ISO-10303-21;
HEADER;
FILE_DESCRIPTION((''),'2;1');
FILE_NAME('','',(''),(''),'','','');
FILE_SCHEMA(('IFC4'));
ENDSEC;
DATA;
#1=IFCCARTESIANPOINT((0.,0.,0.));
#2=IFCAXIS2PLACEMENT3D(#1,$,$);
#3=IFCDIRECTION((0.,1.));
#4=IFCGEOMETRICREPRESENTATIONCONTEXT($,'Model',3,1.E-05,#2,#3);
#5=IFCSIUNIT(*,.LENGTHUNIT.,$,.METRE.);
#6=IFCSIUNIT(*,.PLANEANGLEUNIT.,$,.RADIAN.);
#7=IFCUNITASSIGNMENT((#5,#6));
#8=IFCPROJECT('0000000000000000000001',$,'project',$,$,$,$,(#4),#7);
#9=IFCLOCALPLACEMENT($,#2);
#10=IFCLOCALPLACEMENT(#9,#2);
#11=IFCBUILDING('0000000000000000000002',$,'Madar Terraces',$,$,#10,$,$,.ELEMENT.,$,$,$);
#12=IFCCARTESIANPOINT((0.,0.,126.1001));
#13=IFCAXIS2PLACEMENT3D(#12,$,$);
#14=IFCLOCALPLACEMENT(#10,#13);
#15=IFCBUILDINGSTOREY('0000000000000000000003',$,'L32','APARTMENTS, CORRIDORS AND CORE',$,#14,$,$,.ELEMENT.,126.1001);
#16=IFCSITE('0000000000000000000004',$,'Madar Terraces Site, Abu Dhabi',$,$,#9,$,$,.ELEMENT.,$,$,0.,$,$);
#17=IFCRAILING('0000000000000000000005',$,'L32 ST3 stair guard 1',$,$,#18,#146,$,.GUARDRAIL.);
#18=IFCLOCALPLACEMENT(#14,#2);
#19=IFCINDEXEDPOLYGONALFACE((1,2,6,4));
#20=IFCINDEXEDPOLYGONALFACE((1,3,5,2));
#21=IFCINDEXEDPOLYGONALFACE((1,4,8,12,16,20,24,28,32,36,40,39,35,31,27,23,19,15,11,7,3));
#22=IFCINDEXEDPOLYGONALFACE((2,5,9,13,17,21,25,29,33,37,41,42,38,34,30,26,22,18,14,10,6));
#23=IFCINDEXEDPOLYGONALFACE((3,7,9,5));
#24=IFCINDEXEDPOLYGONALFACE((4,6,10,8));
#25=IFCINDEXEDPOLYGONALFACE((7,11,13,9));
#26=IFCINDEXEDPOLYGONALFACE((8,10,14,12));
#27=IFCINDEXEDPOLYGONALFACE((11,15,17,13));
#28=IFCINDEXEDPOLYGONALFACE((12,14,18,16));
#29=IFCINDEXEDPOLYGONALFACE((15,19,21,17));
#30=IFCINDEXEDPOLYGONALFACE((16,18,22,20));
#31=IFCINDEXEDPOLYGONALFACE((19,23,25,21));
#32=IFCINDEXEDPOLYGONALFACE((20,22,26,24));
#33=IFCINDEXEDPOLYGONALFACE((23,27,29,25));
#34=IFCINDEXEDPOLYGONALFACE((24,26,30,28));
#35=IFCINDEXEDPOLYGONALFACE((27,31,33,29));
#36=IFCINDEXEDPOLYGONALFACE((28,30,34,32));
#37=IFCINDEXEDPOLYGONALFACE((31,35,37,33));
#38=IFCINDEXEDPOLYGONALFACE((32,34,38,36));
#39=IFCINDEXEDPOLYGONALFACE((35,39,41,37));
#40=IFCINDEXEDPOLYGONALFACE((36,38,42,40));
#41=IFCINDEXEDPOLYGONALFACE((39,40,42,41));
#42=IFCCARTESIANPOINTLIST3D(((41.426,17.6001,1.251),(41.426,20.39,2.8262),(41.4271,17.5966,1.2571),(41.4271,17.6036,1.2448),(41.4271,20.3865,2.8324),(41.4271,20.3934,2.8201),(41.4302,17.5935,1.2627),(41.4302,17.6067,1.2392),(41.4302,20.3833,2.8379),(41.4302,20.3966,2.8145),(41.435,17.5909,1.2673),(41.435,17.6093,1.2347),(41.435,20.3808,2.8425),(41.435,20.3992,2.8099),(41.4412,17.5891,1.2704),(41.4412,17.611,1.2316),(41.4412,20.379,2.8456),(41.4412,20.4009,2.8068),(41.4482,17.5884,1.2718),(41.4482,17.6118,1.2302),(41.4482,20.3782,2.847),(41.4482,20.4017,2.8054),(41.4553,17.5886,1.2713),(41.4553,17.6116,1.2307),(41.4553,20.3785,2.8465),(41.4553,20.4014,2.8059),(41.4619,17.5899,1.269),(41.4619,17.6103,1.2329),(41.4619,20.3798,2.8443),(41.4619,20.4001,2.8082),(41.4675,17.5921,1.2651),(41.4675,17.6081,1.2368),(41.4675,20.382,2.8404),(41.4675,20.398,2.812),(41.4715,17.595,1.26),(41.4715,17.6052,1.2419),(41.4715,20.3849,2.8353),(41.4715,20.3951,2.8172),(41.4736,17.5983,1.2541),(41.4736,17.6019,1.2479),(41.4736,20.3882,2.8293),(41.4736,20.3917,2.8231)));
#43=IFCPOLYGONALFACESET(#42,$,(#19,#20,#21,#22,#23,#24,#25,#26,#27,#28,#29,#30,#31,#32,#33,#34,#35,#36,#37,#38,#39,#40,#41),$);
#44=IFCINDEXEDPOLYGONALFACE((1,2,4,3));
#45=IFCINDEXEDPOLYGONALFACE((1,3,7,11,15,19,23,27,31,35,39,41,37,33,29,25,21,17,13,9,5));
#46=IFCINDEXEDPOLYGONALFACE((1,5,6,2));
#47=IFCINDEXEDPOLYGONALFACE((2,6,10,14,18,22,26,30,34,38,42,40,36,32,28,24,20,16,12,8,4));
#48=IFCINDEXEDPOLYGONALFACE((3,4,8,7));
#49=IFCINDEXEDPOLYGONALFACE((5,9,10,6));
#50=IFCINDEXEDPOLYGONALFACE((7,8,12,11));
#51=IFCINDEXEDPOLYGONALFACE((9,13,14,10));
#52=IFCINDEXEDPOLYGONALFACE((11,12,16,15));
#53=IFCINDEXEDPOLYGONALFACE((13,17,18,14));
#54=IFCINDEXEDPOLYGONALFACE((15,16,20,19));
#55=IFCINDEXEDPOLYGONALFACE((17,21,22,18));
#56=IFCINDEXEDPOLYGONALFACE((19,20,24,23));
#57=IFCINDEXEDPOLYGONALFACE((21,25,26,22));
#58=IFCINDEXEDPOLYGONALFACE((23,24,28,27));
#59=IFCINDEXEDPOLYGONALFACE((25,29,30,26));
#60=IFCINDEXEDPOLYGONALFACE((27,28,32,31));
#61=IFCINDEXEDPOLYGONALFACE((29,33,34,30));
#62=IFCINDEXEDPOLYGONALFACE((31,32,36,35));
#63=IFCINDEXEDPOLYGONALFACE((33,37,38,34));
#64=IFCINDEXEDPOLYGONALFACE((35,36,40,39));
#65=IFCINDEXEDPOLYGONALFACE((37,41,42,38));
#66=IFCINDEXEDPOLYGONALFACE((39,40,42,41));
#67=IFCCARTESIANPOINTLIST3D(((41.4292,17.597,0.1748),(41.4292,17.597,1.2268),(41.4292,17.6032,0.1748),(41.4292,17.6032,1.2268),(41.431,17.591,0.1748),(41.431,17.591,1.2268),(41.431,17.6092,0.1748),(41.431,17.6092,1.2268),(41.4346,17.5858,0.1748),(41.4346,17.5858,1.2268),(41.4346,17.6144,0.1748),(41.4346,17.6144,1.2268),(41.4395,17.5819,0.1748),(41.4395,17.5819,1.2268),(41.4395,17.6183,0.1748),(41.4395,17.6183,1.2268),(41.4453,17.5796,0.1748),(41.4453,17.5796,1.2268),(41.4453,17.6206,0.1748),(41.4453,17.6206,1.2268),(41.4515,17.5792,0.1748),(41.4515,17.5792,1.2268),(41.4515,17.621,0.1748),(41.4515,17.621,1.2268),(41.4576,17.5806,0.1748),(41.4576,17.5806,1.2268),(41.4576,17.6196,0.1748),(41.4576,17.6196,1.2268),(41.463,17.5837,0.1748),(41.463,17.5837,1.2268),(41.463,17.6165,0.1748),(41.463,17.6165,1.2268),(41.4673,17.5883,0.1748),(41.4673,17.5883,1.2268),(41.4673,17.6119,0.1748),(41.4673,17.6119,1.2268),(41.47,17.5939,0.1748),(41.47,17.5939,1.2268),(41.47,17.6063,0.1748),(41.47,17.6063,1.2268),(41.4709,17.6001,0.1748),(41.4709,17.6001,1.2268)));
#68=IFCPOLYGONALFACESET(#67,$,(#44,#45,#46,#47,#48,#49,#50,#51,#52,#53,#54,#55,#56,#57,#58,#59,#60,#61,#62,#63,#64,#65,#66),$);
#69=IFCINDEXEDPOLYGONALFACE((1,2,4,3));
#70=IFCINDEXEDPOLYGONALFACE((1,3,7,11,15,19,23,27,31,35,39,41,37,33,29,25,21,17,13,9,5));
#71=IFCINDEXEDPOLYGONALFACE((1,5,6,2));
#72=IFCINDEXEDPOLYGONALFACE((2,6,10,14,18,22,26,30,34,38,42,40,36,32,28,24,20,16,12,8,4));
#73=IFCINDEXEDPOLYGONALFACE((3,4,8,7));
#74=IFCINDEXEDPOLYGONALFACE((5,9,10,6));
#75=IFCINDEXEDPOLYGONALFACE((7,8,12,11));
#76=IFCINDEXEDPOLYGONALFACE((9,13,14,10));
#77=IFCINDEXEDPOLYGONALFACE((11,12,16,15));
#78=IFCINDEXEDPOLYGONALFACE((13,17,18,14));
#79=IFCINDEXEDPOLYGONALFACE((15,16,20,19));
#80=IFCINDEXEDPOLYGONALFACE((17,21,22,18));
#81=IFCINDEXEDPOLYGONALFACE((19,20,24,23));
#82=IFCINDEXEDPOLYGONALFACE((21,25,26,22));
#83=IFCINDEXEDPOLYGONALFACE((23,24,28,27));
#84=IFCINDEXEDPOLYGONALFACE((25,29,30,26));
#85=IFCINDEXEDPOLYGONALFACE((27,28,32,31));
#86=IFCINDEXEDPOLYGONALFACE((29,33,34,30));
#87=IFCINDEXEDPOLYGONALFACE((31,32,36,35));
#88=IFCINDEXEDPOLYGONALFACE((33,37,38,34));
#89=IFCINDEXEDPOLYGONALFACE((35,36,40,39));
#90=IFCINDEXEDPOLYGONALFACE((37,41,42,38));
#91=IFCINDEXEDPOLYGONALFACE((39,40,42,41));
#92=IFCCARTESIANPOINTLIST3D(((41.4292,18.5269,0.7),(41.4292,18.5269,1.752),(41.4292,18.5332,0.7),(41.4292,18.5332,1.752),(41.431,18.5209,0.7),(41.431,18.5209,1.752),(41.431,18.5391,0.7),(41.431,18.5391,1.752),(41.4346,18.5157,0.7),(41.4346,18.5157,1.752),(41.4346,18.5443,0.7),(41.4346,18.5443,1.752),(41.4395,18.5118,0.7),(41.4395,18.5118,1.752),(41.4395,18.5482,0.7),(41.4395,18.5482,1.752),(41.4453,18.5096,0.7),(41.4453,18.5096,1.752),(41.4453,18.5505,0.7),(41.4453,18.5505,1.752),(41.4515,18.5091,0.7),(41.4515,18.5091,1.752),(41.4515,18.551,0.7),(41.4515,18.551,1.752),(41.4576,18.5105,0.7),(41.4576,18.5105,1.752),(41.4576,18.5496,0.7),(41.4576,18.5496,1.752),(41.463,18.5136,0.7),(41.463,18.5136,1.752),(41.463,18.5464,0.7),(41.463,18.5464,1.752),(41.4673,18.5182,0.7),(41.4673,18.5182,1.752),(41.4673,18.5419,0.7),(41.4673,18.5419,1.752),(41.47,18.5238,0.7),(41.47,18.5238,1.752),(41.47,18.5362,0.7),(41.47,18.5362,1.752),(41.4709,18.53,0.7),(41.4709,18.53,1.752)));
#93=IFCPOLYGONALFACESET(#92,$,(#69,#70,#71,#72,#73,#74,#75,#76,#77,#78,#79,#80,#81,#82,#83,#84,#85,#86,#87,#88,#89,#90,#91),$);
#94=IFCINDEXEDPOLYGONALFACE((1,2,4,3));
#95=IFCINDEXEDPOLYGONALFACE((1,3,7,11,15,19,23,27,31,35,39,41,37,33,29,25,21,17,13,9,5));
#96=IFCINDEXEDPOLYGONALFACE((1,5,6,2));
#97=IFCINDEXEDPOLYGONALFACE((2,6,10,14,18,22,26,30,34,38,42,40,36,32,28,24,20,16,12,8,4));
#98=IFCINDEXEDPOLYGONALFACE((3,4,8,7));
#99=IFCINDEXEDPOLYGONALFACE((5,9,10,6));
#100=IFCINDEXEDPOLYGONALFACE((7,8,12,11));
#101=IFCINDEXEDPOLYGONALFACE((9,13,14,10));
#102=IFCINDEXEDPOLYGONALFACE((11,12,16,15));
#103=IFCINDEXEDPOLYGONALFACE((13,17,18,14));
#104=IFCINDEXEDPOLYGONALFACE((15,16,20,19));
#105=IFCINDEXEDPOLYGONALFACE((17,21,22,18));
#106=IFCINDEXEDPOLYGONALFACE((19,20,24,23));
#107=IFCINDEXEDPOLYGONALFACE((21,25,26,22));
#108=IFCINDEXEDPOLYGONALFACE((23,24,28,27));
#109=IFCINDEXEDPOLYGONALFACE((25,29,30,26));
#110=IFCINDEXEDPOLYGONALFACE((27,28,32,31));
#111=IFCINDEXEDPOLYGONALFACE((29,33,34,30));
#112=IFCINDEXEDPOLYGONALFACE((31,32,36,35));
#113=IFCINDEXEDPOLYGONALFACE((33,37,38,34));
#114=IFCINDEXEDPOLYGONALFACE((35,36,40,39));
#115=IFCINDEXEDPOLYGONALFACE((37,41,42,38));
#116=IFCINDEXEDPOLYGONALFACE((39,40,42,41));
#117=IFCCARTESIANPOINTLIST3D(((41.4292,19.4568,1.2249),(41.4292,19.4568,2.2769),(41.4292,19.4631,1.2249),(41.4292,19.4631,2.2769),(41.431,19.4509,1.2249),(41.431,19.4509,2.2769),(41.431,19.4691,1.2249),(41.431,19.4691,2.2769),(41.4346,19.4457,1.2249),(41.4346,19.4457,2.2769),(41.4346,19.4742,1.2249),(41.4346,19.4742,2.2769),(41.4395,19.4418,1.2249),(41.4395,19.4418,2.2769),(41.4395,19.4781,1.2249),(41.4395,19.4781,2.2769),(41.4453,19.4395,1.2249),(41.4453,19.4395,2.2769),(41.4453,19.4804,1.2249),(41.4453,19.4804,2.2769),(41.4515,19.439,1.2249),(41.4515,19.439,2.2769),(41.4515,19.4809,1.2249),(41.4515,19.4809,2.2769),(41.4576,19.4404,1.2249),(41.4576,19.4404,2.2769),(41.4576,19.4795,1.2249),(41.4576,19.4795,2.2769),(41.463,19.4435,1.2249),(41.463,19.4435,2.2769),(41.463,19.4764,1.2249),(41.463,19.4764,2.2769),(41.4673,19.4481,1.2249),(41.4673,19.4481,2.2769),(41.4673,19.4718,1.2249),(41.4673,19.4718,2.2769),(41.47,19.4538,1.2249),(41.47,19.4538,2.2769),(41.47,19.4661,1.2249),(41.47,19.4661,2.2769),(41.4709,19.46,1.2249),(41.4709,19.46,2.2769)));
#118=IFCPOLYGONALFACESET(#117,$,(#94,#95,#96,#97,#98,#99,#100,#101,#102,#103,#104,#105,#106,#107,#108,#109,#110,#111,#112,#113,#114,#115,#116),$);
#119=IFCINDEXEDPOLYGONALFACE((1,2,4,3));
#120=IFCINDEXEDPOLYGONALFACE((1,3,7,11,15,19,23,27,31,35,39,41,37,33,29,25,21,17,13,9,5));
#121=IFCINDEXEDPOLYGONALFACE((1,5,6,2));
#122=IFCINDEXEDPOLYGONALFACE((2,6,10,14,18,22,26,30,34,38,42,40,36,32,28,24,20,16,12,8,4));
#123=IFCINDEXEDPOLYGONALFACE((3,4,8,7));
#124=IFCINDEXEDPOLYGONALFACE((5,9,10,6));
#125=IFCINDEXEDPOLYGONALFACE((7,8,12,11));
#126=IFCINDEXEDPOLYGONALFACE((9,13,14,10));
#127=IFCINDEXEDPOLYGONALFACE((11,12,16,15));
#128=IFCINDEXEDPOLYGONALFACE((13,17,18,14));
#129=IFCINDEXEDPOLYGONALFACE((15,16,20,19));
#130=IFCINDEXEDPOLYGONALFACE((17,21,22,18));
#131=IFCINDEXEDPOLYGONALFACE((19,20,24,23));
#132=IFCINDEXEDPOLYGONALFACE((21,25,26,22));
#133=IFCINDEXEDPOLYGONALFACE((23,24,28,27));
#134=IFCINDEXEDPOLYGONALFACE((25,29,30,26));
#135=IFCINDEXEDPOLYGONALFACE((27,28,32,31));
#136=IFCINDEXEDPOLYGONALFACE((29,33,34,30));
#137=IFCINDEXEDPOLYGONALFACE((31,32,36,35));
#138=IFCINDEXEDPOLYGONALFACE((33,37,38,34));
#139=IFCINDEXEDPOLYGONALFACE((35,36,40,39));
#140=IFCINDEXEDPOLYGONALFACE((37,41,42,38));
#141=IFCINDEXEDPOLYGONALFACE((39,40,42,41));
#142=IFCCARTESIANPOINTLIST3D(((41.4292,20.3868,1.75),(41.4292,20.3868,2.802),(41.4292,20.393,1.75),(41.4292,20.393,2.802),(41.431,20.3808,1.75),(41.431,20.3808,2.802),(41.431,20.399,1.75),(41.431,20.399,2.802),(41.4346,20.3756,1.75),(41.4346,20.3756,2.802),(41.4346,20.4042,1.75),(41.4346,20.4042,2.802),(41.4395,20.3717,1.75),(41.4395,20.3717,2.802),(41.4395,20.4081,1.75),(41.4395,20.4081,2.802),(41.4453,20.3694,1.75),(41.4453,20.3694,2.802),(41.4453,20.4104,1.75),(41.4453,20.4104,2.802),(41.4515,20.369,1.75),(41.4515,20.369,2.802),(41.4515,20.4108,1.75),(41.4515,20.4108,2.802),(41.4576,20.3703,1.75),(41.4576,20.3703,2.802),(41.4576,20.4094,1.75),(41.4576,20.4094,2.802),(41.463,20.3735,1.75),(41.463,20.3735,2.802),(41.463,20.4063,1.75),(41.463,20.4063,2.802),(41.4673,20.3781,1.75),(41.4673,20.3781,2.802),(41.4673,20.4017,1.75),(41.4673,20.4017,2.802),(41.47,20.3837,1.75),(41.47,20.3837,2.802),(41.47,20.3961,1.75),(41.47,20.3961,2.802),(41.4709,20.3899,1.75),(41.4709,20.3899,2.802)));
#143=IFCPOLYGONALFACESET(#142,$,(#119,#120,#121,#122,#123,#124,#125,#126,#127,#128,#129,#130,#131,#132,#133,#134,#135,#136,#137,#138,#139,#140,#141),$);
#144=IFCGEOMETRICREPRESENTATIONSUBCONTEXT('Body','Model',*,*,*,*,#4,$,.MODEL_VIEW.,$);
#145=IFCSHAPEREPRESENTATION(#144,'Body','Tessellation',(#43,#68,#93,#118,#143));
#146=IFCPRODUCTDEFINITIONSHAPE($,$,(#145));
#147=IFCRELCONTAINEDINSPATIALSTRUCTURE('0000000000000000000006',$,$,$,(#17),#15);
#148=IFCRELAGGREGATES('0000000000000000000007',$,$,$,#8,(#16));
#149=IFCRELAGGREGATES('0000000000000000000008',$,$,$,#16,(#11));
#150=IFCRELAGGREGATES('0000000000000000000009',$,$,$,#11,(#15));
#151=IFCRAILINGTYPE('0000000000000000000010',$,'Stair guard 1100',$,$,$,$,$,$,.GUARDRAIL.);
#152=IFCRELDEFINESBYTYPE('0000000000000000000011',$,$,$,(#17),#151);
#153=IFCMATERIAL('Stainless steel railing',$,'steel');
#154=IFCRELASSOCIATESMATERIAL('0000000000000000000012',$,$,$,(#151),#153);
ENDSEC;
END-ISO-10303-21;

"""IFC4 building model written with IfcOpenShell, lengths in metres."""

from ifc_helpers import new_model, si_unit, direction, frame, origin, origin_2d, place, context, subcontext, project, spatial, circle, extrude, material, type_object, element, save


model = new_model("IFC4")

# Units and contexts
model_context = context("Model", 3, precision=1e-05, world=origin(), true_north=direction((0.0, 1.0)))
body_context = subcontext(model_context, "Body", "Model", "MODEL_VIEW")
ifc_project = project(units=[si_unit("LENGTHUNIT", "METRE"), si_unit("PLANEANGLEUNIT", "RADIAN")], contexts=[model_context])

# Site, building, storey
site_placement = place(None, origin())
site = spatial("IfcSite", under=ifc_project, at=site_placement, Name="Madar Terraces Site, Abu Dhabi", CompositionType="ELEMENT", RefElevation=0.0)
building_placement = place(site_placement, origin())
building = spatial("IfcBuilding", under=site, at=building_placement, Name="Madar Terraces", CompositionType="ELEMENT")
storey_placement = place(building_placement, frame((0.0, 0.0, 126.1001)))
storey = spatial("IfcBuildingStorey", under=building, at=storey_placement, Name="L32", Description="APARTMENTS, CORRIDORS AND CORE", CompositionType="ELEMENT", Elevation=126.1001)

# Railing
ifc_material_1 = material(Name="Stainless steel railing", Category="steel")
railing_type_1 = type_object("IfcRailingType", Name="Stair guard 1100", PredefinedType="GUARDRAIL", material=ifc_material_1)
railing_1_placement = place(storey_placement, frame((41.45, 17.6001, 0.1748)))
element("IfcRailing", 1, at=railing_1_placement, inside=storey, type_object=railing_type_1, Name="L32 ST3 stair guard 1", PredefinedType="GUARDRAIL", context=body_context, shape_type="SweptSolid", body=[
    extrude(circle(Radius=0.0239, at=origin_2d()), frame((0.0, 0.0, 1.0762), z_axis=(0.0, 0.870783, 0.491668), x_axis=(-1.0, 0.0, 0.0)), (0.0, 0.0, 1.0), 3.2039),
    extrude(circle(Radius=0.021, at=origin_2d()), origin(), (0.0, 0.0, 1.0), 1.052),
    extrude(circle(Radius=0.021, at=origin_2d()), frame((0.0, 0.9299, 0.5251)), (0.0, 0.0, 1.0), 1.052),
    extrude(circle(Radius=0.021, at=origin_2d()), frame((0.0, 1.8599, 1.05)), (0.0, 0.0, 1.0), 1.052),
    extrude(circle(Radius=0.021, at=origin_2d()), frame((0.0, 2.7898, 1.5752)), (0.0, 0.0, 1.0), 1.052),
])

save(model, "model.ifc")
